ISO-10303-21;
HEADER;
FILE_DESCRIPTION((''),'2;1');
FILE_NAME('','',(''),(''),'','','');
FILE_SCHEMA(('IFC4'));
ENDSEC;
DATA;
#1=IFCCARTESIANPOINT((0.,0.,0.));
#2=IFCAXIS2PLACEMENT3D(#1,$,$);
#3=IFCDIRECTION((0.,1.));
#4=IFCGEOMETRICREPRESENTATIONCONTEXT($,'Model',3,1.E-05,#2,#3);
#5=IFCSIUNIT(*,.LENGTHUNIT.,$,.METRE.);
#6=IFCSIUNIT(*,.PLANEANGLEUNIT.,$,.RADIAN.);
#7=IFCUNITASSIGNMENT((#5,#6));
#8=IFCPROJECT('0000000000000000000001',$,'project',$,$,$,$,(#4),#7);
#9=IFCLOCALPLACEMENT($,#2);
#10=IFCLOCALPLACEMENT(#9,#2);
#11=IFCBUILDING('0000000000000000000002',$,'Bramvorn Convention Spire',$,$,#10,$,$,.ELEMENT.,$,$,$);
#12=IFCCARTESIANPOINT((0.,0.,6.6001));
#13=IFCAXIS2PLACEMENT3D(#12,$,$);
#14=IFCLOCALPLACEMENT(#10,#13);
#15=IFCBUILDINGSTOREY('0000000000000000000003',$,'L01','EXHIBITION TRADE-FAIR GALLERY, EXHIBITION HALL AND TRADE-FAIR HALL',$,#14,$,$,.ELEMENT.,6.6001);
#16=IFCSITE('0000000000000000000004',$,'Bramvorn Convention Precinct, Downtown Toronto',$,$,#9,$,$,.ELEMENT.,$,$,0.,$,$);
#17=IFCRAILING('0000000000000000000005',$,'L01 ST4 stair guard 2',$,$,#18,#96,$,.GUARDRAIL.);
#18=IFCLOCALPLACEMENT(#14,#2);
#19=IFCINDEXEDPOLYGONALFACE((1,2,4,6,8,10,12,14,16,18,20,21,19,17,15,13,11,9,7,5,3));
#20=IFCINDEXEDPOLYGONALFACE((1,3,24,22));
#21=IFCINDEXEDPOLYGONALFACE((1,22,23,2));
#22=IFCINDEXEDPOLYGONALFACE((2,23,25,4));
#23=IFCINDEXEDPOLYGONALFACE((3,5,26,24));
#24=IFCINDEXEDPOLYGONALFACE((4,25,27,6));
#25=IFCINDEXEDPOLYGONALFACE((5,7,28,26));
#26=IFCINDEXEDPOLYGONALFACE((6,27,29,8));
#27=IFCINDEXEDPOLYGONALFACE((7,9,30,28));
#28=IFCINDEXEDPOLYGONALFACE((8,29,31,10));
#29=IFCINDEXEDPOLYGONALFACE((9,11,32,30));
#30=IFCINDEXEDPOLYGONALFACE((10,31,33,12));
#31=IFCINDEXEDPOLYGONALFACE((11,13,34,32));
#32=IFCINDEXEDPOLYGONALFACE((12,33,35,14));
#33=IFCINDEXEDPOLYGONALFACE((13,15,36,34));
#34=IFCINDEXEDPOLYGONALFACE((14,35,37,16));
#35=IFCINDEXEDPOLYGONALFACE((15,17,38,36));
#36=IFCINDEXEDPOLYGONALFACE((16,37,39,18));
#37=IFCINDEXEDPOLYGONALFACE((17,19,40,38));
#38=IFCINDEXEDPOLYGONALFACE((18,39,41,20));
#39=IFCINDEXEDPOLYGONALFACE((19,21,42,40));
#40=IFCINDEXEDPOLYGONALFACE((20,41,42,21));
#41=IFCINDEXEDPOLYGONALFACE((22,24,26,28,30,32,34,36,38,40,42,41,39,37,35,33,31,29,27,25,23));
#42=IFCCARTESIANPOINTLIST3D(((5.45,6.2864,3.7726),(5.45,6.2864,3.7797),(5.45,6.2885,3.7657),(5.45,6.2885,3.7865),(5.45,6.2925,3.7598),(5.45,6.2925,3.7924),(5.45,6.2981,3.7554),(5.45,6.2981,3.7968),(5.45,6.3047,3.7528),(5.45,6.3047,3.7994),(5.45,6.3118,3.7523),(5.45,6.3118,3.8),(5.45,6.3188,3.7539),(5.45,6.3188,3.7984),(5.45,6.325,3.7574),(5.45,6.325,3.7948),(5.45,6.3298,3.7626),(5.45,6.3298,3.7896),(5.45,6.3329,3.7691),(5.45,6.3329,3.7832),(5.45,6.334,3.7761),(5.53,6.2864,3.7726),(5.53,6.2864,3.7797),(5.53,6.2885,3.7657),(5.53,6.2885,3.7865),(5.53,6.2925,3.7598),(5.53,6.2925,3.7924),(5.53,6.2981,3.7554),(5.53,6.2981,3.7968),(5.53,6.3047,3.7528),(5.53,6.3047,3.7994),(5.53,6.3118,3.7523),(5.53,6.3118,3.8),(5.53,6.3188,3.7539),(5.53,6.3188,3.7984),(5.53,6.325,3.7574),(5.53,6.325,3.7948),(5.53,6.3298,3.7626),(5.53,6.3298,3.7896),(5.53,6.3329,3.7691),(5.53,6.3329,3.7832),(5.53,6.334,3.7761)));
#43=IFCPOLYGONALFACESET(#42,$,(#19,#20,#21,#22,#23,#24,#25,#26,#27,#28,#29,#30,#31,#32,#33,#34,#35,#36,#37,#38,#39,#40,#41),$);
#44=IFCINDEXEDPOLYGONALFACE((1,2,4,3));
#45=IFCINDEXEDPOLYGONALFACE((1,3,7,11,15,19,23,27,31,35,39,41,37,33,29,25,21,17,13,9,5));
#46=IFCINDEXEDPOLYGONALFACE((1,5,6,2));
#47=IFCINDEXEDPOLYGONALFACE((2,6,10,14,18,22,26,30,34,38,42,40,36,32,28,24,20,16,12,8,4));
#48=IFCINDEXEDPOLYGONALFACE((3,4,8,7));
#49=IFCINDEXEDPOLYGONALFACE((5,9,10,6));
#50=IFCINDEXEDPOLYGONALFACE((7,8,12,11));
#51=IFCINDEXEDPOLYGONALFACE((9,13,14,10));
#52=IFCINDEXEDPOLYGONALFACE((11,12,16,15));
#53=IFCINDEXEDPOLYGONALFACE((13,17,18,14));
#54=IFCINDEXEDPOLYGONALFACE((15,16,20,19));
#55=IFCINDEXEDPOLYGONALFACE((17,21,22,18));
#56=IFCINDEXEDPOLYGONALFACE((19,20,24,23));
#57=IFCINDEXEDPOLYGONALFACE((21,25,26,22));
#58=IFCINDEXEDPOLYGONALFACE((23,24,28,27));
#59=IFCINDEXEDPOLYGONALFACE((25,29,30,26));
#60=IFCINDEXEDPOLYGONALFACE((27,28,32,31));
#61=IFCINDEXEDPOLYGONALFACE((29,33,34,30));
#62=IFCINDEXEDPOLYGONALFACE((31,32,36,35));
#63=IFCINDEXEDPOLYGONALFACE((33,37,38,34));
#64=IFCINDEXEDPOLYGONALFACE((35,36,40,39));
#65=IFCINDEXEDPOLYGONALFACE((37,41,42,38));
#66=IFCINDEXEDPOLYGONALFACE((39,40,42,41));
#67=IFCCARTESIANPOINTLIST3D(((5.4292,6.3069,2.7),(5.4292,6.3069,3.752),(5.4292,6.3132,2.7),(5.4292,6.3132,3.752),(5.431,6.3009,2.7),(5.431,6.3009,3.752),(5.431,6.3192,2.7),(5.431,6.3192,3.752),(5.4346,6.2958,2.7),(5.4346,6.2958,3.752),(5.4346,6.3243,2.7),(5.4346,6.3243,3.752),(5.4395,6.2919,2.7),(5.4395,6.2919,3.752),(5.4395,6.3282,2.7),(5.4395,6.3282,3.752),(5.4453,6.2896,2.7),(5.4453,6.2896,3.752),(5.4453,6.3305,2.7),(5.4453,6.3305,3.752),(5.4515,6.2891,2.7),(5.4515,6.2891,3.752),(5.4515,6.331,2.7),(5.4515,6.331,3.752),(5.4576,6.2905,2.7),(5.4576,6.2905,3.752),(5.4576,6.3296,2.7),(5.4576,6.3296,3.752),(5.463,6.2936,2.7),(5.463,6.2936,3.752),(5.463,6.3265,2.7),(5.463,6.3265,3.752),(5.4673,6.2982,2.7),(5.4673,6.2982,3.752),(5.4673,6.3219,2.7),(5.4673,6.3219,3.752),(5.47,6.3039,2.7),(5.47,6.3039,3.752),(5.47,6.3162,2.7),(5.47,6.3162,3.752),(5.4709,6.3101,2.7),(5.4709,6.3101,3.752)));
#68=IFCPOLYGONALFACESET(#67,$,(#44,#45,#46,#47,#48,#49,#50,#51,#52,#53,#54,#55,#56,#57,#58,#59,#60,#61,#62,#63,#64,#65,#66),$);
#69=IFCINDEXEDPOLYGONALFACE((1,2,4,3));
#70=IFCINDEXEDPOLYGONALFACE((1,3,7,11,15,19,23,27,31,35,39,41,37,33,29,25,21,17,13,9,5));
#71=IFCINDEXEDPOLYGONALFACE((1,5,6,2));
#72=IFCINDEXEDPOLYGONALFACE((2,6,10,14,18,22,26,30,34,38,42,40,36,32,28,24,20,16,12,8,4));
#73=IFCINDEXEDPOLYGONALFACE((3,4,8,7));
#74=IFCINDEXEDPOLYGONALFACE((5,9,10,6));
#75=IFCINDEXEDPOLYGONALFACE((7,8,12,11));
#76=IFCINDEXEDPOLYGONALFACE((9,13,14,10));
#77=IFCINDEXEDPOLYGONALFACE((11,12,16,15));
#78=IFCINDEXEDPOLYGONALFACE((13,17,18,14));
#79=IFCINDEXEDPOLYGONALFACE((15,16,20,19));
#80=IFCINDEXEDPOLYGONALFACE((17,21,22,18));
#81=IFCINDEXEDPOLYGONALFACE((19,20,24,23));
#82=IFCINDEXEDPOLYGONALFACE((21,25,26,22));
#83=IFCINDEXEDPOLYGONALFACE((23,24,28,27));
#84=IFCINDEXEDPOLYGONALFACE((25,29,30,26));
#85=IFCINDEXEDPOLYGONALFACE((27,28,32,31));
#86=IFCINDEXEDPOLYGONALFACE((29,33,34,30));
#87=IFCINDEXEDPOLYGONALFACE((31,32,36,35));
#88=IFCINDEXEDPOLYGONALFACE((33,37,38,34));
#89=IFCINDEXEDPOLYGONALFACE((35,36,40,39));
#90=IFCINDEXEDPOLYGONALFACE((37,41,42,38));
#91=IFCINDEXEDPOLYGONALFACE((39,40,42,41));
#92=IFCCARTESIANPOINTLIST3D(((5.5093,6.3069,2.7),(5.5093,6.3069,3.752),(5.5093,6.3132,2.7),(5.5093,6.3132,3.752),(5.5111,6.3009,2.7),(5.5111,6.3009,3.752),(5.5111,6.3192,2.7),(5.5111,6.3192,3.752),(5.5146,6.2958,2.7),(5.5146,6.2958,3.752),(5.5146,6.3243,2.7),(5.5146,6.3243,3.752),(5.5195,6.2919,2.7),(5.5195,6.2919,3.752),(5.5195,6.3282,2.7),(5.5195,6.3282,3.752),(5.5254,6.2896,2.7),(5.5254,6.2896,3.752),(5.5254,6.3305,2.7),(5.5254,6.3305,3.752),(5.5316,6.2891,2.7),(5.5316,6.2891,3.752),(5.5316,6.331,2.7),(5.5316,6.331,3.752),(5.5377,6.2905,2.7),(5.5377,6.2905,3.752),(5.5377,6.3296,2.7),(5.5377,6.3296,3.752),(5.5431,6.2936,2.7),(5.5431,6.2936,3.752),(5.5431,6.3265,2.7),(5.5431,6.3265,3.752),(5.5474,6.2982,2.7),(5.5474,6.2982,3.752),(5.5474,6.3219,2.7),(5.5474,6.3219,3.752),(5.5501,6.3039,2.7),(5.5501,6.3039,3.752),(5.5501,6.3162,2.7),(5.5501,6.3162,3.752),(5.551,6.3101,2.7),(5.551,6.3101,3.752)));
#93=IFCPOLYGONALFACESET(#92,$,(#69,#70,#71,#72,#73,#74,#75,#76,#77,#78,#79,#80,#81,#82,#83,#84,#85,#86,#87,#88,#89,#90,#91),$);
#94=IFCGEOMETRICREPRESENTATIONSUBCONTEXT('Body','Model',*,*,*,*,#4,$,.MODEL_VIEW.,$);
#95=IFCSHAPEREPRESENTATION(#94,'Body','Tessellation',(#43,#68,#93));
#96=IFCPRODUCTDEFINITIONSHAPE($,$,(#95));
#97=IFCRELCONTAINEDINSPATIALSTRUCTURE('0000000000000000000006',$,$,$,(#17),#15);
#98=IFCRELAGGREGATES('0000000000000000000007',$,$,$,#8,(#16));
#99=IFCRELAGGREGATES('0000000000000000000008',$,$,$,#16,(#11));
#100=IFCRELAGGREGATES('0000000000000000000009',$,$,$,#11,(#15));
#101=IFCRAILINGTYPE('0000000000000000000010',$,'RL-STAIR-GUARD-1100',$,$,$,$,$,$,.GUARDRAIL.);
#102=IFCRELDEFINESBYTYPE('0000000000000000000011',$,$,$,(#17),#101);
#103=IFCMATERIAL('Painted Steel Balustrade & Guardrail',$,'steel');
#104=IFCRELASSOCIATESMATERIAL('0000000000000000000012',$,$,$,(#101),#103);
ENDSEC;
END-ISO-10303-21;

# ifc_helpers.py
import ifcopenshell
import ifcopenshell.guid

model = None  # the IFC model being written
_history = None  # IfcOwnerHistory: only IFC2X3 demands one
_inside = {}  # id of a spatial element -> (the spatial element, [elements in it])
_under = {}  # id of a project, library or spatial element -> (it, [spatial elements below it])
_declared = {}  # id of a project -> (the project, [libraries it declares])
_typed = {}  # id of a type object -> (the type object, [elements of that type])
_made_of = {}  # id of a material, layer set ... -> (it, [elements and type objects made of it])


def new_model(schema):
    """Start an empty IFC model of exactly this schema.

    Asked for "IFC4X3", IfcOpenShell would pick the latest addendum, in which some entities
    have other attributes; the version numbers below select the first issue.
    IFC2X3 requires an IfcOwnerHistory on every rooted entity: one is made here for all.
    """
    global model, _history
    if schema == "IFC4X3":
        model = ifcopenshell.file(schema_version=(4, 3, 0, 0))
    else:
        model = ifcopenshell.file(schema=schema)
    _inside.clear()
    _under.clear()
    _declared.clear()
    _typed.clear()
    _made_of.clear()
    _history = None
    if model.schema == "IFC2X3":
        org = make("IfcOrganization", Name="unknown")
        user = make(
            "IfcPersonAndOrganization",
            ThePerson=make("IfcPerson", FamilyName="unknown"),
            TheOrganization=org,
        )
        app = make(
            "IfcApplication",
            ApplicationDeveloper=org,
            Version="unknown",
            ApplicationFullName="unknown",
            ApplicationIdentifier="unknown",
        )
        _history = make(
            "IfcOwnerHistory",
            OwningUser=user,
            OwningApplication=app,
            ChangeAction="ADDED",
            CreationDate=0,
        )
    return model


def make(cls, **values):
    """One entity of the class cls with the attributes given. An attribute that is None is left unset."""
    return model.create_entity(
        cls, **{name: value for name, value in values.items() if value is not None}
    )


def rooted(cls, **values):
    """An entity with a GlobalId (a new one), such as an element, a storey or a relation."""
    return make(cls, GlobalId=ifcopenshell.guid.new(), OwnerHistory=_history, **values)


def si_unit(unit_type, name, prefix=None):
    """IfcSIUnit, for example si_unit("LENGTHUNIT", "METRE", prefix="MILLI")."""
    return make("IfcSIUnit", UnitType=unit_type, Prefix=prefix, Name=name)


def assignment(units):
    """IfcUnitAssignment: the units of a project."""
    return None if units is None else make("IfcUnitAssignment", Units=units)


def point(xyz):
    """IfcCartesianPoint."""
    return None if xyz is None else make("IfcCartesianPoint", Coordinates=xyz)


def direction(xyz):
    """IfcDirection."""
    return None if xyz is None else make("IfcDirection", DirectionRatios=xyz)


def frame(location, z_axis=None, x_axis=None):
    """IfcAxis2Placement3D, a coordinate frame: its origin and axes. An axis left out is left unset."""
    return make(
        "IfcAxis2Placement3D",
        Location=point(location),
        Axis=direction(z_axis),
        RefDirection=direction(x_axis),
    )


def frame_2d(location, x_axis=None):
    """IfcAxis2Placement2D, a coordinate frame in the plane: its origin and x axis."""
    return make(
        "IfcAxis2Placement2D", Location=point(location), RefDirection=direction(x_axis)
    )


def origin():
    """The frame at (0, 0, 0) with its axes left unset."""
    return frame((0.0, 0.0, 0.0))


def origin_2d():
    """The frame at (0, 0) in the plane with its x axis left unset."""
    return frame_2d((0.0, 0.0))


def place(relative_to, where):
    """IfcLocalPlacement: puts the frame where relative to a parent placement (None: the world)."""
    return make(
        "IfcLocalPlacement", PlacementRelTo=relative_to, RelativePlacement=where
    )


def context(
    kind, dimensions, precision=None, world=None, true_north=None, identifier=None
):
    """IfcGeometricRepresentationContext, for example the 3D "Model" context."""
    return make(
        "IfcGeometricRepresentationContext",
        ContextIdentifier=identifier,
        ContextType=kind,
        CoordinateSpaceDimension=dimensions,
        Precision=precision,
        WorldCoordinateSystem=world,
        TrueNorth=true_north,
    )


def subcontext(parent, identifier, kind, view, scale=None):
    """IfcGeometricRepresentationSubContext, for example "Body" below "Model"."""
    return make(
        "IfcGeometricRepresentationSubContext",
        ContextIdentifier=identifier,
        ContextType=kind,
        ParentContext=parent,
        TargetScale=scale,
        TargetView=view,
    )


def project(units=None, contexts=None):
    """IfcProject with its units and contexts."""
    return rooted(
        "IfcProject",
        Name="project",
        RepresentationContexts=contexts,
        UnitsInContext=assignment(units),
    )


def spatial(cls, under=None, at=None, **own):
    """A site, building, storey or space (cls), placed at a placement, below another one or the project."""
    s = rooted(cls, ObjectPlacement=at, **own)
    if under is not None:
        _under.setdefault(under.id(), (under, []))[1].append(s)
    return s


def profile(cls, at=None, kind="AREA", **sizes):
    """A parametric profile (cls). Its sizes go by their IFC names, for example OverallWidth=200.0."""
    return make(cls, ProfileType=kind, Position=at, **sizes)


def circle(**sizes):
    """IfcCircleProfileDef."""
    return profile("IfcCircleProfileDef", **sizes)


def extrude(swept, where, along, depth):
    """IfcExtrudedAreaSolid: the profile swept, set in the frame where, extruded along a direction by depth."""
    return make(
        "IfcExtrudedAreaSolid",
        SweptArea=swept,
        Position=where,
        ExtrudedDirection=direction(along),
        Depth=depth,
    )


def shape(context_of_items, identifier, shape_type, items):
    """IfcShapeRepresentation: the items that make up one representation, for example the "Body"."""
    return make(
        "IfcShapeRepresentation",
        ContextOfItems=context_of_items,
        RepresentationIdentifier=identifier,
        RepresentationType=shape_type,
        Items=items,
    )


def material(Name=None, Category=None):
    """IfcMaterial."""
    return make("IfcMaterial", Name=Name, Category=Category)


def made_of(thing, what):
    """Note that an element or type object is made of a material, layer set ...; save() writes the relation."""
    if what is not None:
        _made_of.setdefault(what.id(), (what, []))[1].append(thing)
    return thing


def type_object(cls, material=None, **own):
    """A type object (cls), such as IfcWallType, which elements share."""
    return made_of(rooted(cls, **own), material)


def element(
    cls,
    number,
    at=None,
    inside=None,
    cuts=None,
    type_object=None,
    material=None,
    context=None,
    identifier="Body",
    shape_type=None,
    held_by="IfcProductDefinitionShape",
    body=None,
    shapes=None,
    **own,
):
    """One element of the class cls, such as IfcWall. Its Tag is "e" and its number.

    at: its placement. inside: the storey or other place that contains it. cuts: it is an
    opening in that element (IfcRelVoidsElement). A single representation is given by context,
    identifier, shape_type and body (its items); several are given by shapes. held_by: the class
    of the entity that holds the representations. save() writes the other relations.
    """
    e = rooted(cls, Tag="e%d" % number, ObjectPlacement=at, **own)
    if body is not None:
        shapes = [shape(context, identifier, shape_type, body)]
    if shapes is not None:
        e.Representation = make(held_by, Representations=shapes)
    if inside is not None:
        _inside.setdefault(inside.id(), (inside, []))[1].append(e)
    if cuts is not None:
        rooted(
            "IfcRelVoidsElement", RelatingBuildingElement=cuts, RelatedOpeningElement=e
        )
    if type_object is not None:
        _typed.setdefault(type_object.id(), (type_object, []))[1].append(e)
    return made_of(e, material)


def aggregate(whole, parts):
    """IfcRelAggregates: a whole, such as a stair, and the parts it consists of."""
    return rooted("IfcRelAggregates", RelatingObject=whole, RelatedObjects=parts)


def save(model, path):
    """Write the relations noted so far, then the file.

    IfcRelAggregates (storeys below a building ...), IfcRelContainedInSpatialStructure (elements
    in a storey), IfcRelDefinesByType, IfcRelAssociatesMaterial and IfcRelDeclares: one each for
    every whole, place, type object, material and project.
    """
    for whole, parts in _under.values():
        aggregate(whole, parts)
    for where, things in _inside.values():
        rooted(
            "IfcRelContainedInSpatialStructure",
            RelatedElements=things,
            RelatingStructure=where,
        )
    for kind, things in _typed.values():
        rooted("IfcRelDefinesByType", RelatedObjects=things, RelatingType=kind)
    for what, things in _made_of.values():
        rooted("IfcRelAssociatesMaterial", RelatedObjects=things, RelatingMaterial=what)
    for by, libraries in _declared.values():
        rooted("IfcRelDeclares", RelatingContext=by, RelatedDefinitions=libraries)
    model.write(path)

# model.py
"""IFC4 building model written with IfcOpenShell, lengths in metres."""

from ifc_helpers import new_model, si_unit, direction, frame, origin, origin_2d, place, context, subcontext, project, spatial, circle, extrude, material, type_object, element, save


model = new_model("IFC4")

# Units and contexts
model_context = context("Model", 3, precision=1e-05, world=origin(), true_north=direction((0.0, 1.0)))
body_context = subcontext(model_context, "Body", "Model", "MODEL_VIEW")
ifc_project = project(units=[si_unit("LENGTHUNIT", "METRE"), si_unit("PLANEANGLEUNIT", "RADIAN")], contexts=[model_context])

# Site, building, storey
site_placement = place(None, origin())
site = spatial("IfcSite", under=ifc_project, at=site_placement, Name="Bramvorn Convention Precinct, Downtown Toronto", CompositionType="ELEMENT", RefElevation=0.0)
building_placement = place(site_placement, origin())
building = spatial("IfcBuilding", under=site, at=building_placement, Name="Bramvorn Convention Spire", CompositionType="ELEMENT")
storey_placement = place(building_placement, frame((0.0, 0.0, 6.6001)))
storey = spatial("IfcBuildingStorey", under=building, at=storey_placement, Name="L01", Description="EXHIBITION TRADE-FAIR GALLERY, EXHIBITION HALL AND TRADE-FAIR HALL", CompositionType="ELEMENT", Elevation=6.6001)

# Railing
ifc_material_1 = material(Name="Painted Steel Balustrade & Guardrail", Category="steel")
railing_type_1 = type_object("IfcRailingType", Name="RL-STAIR-GUARD-1100", PredefinedType="GUARDRAIL", material=ifc_material_1)
railing_1_placement = place(storey_placement, frame((5.45, 6.3101, 2.7)))
element("IfcRailing", 1, at=railing_1_placement, inside=storey, type_object=railing_type_1, Name="L01 ST4 stair guard 2", PredefinedType="GUARDRAIL", context=body_context, shape_type="SweptSolid", body=[
    extrude(circle(Radius=0.0239, at=origin_2d()), frame((0.0, 0.0, 1.0762), z_axis=(1.0, 0.0, 0.0), x_axis=(0.0, 1.0, 0.0)), (0.0, 0.0, 1.0), 0.0801),
    extrude(circle(Radius=0.021, at=origin_2d()), origin(), (0.0, 0.0, 1.0), 1.052),
    extrude(circle(Radius=0.021, at=origin_2d()), frame((0.0801, 0.0, 0.0)), (0.0, 0.0, 1.0), 1.052),
])

save(model, "model.ifc")
